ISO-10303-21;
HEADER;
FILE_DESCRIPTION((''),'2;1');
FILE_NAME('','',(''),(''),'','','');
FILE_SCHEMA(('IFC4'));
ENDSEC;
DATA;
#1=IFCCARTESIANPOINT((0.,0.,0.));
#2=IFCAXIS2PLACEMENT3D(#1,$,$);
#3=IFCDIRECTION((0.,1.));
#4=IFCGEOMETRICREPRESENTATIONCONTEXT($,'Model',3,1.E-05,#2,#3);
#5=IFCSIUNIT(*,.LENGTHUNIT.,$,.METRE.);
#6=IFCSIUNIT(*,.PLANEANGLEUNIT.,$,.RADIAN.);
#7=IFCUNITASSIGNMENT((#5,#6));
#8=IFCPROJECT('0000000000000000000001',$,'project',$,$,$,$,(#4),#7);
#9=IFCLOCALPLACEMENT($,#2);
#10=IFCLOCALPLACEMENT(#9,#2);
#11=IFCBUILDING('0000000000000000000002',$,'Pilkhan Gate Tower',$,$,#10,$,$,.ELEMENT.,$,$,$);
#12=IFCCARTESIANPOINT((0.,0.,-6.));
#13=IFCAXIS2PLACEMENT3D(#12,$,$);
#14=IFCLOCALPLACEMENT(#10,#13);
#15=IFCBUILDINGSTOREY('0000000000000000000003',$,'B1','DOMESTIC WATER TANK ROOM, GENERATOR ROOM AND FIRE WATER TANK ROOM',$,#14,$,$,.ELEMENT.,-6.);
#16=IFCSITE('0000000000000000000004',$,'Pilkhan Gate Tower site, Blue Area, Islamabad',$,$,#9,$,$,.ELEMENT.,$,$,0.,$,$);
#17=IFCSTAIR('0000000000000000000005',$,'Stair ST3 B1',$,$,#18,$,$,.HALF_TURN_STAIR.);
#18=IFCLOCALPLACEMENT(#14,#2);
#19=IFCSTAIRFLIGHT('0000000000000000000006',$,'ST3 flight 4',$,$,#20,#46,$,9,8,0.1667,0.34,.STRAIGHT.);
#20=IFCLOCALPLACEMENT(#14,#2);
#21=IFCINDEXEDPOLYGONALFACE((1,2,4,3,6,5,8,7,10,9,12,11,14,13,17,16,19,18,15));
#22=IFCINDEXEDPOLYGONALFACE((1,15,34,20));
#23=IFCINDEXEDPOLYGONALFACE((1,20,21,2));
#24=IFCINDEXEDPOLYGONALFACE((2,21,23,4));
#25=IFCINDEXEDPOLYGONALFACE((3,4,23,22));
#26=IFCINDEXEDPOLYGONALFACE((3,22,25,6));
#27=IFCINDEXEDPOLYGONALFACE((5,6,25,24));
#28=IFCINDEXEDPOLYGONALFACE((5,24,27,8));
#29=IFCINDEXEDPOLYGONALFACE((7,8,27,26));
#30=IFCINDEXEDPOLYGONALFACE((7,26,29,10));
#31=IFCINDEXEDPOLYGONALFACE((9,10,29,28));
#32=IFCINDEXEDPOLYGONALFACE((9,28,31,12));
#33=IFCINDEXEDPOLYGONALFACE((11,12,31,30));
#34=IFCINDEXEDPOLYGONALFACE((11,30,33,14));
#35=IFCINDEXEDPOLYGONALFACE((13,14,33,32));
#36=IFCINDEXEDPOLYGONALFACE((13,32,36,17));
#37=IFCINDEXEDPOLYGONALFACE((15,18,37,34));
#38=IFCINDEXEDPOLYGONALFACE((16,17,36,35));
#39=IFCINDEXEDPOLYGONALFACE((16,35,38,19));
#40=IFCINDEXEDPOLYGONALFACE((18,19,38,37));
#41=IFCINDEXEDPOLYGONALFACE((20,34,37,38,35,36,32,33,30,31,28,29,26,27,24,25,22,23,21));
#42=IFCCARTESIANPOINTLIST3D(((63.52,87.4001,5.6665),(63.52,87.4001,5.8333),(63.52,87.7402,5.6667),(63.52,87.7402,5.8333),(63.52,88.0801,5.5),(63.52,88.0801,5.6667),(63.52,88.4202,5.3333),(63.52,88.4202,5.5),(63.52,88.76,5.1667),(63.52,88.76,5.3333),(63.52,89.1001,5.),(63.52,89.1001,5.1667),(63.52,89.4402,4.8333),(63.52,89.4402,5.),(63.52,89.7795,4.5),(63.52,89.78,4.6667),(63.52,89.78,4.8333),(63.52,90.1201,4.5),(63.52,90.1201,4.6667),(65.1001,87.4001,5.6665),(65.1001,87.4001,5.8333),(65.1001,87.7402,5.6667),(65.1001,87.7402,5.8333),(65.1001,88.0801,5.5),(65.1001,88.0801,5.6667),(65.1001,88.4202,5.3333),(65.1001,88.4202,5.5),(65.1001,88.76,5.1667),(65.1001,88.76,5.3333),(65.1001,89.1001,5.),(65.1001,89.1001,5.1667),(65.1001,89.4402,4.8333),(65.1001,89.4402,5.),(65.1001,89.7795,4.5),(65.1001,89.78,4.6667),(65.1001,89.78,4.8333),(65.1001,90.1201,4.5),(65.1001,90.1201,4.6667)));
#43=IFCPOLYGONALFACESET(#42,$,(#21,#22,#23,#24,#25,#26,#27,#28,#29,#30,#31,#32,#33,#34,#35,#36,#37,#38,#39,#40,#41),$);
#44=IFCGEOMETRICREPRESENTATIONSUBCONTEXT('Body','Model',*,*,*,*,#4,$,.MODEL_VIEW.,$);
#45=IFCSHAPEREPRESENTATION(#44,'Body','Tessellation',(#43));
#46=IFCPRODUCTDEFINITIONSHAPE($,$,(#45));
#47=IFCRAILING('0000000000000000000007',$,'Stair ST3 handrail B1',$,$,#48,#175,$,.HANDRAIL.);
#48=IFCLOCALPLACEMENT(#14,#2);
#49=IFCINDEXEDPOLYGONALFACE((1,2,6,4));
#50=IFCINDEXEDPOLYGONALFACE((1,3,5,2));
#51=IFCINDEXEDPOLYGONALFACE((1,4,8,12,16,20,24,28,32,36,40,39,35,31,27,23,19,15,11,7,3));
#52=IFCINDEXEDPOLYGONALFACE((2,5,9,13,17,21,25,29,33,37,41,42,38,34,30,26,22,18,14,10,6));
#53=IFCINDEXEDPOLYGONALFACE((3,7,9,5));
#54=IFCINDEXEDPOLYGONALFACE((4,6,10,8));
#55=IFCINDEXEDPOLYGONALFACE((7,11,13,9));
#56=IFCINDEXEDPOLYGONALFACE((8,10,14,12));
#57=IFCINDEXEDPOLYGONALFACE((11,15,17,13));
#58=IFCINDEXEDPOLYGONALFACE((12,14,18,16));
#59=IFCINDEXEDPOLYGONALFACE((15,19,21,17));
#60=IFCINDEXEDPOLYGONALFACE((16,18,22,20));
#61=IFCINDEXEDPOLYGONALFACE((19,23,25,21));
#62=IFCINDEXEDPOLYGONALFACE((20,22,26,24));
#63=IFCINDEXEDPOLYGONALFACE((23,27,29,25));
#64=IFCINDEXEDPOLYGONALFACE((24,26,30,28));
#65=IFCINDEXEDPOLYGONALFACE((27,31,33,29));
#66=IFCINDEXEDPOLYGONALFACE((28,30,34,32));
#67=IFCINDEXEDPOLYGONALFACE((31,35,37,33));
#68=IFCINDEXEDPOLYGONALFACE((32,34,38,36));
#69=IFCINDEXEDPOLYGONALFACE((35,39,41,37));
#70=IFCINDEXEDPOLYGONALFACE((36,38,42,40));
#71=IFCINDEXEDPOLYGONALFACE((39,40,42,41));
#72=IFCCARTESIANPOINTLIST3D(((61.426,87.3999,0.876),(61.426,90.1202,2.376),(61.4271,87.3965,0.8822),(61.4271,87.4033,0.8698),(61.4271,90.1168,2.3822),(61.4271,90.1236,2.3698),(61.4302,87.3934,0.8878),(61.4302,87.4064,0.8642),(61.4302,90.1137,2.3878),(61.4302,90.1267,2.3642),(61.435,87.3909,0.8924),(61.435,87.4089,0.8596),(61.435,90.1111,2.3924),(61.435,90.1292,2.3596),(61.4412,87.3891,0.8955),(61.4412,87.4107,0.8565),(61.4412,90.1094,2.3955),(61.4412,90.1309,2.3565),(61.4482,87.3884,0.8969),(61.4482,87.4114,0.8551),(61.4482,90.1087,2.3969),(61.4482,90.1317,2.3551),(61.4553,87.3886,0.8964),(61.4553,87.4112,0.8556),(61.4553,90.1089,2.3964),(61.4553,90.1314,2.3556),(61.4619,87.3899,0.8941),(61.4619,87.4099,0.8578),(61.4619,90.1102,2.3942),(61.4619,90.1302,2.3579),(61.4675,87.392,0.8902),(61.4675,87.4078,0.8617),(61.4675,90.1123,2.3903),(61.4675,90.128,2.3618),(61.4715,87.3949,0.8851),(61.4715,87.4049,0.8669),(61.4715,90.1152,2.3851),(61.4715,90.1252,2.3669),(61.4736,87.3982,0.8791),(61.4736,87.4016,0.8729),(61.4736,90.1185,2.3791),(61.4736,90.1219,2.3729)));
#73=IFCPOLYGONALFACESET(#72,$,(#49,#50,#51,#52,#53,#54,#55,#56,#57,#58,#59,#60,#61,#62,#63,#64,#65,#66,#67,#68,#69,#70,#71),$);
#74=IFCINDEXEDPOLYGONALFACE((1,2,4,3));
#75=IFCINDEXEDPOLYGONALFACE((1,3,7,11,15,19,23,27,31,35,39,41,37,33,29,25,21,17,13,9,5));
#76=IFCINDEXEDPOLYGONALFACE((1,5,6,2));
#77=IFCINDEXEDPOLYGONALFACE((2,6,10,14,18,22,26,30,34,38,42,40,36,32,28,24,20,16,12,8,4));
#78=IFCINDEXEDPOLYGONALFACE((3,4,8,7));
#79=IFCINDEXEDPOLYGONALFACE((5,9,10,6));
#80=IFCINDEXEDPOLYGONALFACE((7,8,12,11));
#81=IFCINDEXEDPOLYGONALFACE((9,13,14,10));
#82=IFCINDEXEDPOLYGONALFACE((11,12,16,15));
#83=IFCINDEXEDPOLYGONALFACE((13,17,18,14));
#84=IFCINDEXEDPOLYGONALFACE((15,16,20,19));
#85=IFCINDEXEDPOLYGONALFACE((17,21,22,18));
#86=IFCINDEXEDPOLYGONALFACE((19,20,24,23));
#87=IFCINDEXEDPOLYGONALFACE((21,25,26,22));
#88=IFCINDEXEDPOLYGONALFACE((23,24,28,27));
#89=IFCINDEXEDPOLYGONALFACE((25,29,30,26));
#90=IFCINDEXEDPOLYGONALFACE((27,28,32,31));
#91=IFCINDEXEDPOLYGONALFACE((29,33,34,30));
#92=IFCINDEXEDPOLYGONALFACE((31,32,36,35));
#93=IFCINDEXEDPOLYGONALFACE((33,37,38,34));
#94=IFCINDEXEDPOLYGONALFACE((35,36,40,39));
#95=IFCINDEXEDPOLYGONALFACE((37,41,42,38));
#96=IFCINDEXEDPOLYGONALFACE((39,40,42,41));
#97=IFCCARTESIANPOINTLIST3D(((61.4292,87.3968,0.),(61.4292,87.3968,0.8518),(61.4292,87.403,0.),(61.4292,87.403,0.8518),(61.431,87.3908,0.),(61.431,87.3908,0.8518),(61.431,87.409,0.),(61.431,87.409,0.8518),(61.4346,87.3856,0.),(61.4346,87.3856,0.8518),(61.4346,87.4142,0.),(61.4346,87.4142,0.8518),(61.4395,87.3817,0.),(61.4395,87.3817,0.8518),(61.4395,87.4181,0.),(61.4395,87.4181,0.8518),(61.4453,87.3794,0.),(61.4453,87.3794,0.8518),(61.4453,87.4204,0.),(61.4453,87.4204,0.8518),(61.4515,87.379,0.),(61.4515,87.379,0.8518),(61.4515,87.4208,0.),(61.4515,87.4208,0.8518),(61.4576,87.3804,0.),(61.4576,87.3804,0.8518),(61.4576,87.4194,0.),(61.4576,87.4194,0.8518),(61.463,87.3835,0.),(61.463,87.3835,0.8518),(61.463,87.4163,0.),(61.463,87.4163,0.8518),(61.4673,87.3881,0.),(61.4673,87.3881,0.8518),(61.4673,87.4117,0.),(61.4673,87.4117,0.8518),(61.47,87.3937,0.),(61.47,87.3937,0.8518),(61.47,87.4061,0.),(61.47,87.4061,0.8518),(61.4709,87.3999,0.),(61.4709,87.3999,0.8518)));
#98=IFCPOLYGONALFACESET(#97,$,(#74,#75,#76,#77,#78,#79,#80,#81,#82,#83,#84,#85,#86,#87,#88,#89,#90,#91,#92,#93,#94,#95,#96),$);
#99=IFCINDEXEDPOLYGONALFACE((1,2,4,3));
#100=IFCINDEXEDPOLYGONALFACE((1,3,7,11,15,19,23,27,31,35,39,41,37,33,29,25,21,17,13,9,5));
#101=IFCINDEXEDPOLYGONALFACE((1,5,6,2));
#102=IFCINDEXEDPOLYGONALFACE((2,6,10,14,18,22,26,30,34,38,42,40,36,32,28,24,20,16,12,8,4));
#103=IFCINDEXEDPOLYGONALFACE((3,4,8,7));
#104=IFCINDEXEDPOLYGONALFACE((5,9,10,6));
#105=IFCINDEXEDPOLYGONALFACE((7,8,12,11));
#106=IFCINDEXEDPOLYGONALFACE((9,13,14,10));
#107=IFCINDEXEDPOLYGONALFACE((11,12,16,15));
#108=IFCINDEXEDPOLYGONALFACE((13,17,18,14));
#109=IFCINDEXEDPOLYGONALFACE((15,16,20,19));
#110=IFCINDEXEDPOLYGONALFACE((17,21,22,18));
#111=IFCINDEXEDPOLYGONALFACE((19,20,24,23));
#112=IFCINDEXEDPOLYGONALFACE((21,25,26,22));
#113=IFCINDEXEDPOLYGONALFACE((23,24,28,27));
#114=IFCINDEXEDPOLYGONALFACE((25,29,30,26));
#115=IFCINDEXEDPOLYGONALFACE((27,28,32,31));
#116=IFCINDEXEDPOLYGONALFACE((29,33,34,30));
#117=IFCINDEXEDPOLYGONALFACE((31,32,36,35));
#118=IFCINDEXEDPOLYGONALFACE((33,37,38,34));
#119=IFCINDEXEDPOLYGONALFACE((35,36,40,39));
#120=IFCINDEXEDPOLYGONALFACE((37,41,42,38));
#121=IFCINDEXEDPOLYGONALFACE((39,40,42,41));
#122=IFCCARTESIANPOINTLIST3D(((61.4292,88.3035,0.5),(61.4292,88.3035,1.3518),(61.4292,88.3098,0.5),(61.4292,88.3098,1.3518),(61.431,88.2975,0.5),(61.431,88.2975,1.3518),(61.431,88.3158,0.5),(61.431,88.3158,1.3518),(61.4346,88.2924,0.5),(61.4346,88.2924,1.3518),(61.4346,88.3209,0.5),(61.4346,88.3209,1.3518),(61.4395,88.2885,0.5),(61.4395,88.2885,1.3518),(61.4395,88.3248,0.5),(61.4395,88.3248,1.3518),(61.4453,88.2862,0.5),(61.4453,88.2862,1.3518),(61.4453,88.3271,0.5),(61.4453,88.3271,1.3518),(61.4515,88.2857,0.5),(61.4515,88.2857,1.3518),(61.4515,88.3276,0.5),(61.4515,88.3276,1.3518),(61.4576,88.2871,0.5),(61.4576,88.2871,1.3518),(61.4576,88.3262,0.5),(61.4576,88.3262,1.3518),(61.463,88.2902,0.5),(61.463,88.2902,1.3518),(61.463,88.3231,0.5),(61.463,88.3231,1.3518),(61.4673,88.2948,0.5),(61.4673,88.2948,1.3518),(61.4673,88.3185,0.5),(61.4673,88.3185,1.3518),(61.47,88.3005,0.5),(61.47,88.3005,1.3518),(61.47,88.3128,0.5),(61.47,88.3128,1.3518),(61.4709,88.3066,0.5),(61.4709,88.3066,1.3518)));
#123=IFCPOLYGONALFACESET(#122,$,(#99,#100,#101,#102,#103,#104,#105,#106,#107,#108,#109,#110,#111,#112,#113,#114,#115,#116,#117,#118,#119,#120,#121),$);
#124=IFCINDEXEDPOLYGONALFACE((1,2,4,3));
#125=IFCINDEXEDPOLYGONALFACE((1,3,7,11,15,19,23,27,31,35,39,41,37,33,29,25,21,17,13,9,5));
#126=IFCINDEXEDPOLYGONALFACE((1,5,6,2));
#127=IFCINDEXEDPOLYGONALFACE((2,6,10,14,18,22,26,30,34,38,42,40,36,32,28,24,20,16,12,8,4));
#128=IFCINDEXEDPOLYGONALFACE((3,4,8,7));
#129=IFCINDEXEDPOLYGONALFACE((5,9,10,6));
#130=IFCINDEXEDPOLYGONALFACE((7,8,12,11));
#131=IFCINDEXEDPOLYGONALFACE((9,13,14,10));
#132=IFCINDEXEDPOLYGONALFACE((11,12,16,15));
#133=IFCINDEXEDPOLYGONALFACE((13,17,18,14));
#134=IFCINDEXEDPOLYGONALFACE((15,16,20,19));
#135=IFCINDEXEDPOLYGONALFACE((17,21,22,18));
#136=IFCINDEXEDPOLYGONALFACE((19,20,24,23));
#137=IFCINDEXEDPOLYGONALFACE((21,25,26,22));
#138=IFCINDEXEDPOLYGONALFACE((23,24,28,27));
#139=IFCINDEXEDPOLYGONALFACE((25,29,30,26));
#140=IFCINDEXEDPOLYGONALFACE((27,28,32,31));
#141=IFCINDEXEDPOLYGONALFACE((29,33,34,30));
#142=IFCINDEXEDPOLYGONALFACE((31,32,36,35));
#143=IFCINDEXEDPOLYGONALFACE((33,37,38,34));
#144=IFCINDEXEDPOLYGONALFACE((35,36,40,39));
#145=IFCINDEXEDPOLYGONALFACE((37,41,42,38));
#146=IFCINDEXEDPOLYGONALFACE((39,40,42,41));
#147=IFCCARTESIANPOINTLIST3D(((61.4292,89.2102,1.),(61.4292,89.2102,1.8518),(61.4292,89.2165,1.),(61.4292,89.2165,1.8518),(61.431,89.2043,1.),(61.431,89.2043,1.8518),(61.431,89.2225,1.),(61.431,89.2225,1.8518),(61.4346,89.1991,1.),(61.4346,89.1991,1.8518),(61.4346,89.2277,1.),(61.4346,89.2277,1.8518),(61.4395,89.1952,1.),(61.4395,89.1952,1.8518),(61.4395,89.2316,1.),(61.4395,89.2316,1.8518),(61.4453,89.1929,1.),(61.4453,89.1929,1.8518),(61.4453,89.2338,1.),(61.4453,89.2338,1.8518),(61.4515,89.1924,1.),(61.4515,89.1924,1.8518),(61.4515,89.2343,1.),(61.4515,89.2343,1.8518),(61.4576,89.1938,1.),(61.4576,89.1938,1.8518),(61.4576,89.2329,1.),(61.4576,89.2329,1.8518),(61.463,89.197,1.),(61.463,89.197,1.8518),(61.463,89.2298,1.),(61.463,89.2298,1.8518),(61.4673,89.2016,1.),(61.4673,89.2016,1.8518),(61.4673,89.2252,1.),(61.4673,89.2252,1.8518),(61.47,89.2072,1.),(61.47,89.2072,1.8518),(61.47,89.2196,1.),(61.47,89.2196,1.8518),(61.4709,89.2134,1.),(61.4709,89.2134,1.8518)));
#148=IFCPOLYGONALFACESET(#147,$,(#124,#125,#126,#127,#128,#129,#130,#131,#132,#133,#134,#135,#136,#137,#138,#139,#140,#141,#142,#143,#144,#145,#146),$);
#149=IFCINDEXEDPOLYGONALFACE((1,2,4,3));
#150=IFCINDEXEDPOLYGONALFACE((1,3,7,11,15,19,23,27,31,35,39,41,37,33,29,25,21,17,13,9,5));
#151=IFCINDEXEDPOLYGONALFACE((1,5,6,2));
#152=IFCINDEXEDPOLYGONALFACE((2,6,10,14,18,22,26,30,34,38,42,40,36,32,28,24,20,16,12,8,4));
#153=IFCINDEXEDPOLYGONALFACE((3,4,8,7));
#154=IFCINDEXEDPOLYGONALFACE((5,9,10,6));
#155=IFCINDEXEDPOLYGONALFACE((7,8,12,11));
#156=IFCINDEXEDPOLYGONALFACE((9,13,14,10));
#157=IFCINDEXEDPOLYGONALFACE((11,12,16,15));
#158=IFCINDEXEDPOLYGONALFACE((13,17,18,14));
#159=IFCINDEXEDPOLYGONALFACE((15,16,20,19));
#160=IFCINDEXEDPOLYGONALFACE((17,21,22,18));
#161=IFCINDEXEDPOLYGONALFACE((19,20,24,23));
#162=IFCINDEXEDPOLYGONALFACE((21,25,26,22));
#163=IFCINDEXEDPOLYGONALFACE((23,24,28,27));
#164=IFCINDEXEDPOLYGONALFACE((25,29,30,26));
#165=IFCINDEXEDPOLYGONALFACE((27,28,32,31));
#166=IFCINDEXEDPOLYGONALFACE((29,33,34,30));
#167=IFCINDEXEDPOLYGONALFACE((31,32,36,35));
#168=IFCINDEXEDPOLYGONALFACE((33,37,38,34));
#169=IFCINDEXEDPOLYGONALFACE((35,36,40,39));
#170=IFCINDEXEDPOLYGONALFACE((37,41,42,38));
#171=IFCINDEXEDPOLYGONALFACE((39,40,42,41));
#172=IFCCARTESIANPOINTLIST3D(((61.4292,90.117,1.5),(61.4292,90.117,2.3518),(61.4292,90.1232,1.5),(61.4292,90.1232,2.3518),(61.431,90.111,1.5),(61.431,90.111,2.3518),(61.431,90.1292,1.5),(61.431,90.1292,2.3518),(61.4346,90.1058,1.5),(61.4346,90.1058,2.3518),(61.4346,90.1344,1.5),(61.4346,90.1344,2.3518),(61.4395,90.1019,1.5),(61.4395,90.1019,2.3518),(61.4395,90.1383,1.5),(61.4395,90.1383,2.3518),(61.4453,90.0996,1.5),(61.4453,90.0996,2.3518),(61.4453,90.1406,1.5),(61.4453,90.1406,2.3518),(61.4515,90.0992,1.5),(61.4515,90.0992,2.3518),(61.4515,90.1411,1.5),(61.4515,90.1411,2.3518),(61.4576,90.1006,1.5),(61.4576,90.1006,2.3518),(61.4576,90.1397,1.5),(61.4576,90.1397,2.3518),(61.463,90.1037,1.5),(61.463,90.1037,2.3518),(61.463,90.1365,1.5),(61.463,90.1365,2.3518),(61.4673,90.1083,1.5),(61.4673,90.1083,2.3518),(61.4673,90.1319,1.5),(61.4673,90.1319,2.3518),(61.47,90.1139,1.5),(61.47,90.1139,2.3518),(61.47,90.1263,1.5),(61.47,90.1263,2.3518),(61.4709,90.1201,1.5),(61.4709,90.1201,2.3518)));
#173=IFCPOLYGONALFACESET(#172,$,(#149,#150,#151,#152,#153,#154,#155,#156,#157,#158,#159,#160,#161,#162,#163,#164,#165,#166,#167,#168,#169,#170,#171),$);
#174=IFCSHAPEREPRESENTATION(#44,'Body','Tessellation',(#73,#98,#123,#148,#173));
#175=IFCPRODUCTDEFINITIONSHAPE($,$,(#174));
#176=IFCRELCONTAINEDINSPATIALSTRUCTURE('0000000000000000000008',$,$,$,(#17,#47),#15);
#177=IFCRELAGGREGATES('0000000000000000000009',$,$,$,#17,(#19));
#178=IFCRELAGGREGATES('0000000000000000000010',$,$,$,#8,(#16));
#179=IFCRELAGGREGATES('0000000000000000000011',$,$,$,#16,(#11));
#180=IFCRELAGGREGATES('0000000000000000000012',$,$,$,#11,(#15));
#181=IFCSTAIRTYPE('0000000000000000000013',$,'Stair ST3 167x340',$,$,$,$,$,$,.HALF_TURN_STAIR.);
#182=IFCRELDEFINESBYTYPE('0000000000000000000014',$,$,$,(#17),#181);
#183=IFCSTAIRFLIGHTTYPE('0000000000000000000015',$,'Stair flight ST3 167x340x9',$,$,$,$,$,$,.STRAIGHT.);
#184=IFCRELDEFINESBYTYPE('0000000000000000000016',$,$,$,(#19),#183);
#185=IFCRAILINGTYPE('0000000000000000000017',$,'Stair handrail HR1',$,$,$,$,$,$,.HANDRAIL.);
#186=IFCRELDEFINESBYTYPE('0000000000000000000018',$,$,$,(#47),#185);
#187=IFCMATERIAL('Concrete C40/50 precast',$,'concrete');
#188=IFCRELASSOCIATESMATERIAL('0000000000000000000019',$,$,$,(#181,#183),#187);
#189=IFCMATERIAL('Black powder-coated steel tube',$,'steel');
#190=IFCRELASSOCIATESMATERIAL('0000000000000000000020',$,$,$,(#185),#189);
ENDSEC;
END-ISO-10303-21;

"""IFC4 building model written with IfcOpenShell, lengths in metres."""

from ifc_helpers import new_model, si_unit, direction, frame, origin, origin_2d, place, context, subcontext, project, spatial, polyline, circle, outline, extrude, material, type_object, element, aggregate, save


model = new_model("IFC4")

# Units and contexts
model_context = context("Model", 3, precision=1e-05, world=origin(), true_north=direction((0.0, 1.0)))
body_context = subcontext(model_context, "Body", "Model", "MODEL_VIEW")
ifc_project = project(units=[si_unit("LENGTHUNIT", "METRE"), si_unit("PLANEANGLEUNIT", "RADIAN")], contexts=[model_context])

# Site, building, storey
site_placement = place(None, origin())
site = spatial("IfcSite", under=ifc_project, at=site_placement, Name="Pilkhan Gate Tower site, Blue Area, Islamabad", CompositionType="ELEMENT", RefElevation=0.0)
building_placement = place(site_placement, origin())
building = spatial("IfcBuilding", under=site, at=building_placement, Name="Pilkhan Gate Tower", CompositionType="ELEMENT")
storey_placement = place(building_placement, frame((0.0, 0.0, -6.0)))
storey = spatial("IfcBuildingStorey", under=building, at=storey_placement, Name="B1", Description="DOMESTIC WATER TANK ROOM, GENERATOR ROOM AND FIRE WATER TANK ROOM", CompositionType="ELEMENT", Elevation=-6.0)

# Stair, stair flight
ifc_material_1 = material(Name="Concrete C40/50 precast", Category="concrete")
stair_type = type_object("IfcStairType", Name="Stair ST3 167x340", PredefinedType="HALF_TURN_STAIR", material=ifc_material_1)
stair_placement = place(storey_placement, origin())
stair = element("IfcStair", 1, at=stair_placement, inside=storey, type_object=stair_type, Name="Stair ST3 B1", PredefinedType="HALF_TURN_STAIR")
stair_flight_type = type_object("IfcStairFlightType", Name="Stair flight ST3 167x340x9", PredefinedType="STRAIGHT", material=ifc_material_1)
stair_flight_1_placement = place(storey_placement, frame((64.3101, 90.1201, 4.5), z_axis=(0.0, 0.0, 1.0), x_axis=(0.0, -1.0, 0.0)))
stair_flight_1 = element("IfcStairFlight", 2, at=stair_flight_1_placement, type_object=stair_flight_type, Name="ST3 flight 4", NumberOfRisers=9, NumberOfTreads=8, PredefinedType="STRAIGHT", RiserHeight=0.1667, TreadLength=0.34, context=body_context, shape_type="SweptSolid", body=[
    extrude(outline(polyline([(0.0, 0.0), (0.0, 0.1667), (0.3401, 0.1667), (0.3401, 0.3333), (0.6799, 0.3333), (0.6799, 0.5), (1.02, 0.5), (1.02, 0.6667), (1.3601, 0.6667), (1.3601, 0.8333), (1.7, 0.8333), (1.7, 1.0), (2.04, 1.0), (2.04, 1.1667), (2.3799, 1.1667), (2.3799, 1.3333), (2.72, 1.3333), (2.72, 1.5), (2.72, 1.1665), (0.3406, 0.0), (0.0, 0.0)])), frame((0.0, 0.79, 0.0), z_axis=(0.0, -1.0, 0.0), x_axis=(1.0, 0.0, 0.0)), (0.0, 0.0, 1.0), 1.5801),
])
aggregate(stair, [stair_flight_1])

# Railing
ifc_material_2 = material(Name="Black powder-coated steel tube", Category="steel")
railing_type_1 = type_object("IfcRailingType", Name="Stair handrail HR1", PredefinedType="HANDRAIL", material=ifc_material_2)
railing_1_placement = place(storey_placement, frame((61.45, 87.3999, 0.0)))
element("IfcRailing", 3, at=railing_1_placement, inside=storey, type_object=railing_type_1, Name="Stair ST3 handrail B1", PredefinedType="HANDRAIL", context=body_context, shape_type="SweptSolid", body=[
    extrude(circle(Radius=0.0239, at=origin_2d()), frame((0.0, 0.0, 0.876), z_axis=(0.0, 0.875688, 0.482878), x_axis=(-1.0, 0.0, 0.0)), (0.0, 0.0, 1.0), 3.1064),
    extrude(circle(Radius=0.021, at=origin_2d()), origin(), (0.0, 0.0, 1.0), 0.8518),
    extrude(circle(Radius=0.021, at=origin_2d()), frame((0.0, 0.9067, 0.5)), (0.0, 0.0, 1.0), 0.8518),
    extrude(circle(Radius=0.021, at=origin_2d()), frame((0.0, 1.8135, 1.0)), (0.0, 0.0, 1.0), 0.8518),
    extrude(circle(Radius=0.021, at=origin_2d()), frame((0.0, 2.7202, 1.5)), (0.0, 0.0, 1.0), 0.8518),
])

save(model, "model.ifc")
